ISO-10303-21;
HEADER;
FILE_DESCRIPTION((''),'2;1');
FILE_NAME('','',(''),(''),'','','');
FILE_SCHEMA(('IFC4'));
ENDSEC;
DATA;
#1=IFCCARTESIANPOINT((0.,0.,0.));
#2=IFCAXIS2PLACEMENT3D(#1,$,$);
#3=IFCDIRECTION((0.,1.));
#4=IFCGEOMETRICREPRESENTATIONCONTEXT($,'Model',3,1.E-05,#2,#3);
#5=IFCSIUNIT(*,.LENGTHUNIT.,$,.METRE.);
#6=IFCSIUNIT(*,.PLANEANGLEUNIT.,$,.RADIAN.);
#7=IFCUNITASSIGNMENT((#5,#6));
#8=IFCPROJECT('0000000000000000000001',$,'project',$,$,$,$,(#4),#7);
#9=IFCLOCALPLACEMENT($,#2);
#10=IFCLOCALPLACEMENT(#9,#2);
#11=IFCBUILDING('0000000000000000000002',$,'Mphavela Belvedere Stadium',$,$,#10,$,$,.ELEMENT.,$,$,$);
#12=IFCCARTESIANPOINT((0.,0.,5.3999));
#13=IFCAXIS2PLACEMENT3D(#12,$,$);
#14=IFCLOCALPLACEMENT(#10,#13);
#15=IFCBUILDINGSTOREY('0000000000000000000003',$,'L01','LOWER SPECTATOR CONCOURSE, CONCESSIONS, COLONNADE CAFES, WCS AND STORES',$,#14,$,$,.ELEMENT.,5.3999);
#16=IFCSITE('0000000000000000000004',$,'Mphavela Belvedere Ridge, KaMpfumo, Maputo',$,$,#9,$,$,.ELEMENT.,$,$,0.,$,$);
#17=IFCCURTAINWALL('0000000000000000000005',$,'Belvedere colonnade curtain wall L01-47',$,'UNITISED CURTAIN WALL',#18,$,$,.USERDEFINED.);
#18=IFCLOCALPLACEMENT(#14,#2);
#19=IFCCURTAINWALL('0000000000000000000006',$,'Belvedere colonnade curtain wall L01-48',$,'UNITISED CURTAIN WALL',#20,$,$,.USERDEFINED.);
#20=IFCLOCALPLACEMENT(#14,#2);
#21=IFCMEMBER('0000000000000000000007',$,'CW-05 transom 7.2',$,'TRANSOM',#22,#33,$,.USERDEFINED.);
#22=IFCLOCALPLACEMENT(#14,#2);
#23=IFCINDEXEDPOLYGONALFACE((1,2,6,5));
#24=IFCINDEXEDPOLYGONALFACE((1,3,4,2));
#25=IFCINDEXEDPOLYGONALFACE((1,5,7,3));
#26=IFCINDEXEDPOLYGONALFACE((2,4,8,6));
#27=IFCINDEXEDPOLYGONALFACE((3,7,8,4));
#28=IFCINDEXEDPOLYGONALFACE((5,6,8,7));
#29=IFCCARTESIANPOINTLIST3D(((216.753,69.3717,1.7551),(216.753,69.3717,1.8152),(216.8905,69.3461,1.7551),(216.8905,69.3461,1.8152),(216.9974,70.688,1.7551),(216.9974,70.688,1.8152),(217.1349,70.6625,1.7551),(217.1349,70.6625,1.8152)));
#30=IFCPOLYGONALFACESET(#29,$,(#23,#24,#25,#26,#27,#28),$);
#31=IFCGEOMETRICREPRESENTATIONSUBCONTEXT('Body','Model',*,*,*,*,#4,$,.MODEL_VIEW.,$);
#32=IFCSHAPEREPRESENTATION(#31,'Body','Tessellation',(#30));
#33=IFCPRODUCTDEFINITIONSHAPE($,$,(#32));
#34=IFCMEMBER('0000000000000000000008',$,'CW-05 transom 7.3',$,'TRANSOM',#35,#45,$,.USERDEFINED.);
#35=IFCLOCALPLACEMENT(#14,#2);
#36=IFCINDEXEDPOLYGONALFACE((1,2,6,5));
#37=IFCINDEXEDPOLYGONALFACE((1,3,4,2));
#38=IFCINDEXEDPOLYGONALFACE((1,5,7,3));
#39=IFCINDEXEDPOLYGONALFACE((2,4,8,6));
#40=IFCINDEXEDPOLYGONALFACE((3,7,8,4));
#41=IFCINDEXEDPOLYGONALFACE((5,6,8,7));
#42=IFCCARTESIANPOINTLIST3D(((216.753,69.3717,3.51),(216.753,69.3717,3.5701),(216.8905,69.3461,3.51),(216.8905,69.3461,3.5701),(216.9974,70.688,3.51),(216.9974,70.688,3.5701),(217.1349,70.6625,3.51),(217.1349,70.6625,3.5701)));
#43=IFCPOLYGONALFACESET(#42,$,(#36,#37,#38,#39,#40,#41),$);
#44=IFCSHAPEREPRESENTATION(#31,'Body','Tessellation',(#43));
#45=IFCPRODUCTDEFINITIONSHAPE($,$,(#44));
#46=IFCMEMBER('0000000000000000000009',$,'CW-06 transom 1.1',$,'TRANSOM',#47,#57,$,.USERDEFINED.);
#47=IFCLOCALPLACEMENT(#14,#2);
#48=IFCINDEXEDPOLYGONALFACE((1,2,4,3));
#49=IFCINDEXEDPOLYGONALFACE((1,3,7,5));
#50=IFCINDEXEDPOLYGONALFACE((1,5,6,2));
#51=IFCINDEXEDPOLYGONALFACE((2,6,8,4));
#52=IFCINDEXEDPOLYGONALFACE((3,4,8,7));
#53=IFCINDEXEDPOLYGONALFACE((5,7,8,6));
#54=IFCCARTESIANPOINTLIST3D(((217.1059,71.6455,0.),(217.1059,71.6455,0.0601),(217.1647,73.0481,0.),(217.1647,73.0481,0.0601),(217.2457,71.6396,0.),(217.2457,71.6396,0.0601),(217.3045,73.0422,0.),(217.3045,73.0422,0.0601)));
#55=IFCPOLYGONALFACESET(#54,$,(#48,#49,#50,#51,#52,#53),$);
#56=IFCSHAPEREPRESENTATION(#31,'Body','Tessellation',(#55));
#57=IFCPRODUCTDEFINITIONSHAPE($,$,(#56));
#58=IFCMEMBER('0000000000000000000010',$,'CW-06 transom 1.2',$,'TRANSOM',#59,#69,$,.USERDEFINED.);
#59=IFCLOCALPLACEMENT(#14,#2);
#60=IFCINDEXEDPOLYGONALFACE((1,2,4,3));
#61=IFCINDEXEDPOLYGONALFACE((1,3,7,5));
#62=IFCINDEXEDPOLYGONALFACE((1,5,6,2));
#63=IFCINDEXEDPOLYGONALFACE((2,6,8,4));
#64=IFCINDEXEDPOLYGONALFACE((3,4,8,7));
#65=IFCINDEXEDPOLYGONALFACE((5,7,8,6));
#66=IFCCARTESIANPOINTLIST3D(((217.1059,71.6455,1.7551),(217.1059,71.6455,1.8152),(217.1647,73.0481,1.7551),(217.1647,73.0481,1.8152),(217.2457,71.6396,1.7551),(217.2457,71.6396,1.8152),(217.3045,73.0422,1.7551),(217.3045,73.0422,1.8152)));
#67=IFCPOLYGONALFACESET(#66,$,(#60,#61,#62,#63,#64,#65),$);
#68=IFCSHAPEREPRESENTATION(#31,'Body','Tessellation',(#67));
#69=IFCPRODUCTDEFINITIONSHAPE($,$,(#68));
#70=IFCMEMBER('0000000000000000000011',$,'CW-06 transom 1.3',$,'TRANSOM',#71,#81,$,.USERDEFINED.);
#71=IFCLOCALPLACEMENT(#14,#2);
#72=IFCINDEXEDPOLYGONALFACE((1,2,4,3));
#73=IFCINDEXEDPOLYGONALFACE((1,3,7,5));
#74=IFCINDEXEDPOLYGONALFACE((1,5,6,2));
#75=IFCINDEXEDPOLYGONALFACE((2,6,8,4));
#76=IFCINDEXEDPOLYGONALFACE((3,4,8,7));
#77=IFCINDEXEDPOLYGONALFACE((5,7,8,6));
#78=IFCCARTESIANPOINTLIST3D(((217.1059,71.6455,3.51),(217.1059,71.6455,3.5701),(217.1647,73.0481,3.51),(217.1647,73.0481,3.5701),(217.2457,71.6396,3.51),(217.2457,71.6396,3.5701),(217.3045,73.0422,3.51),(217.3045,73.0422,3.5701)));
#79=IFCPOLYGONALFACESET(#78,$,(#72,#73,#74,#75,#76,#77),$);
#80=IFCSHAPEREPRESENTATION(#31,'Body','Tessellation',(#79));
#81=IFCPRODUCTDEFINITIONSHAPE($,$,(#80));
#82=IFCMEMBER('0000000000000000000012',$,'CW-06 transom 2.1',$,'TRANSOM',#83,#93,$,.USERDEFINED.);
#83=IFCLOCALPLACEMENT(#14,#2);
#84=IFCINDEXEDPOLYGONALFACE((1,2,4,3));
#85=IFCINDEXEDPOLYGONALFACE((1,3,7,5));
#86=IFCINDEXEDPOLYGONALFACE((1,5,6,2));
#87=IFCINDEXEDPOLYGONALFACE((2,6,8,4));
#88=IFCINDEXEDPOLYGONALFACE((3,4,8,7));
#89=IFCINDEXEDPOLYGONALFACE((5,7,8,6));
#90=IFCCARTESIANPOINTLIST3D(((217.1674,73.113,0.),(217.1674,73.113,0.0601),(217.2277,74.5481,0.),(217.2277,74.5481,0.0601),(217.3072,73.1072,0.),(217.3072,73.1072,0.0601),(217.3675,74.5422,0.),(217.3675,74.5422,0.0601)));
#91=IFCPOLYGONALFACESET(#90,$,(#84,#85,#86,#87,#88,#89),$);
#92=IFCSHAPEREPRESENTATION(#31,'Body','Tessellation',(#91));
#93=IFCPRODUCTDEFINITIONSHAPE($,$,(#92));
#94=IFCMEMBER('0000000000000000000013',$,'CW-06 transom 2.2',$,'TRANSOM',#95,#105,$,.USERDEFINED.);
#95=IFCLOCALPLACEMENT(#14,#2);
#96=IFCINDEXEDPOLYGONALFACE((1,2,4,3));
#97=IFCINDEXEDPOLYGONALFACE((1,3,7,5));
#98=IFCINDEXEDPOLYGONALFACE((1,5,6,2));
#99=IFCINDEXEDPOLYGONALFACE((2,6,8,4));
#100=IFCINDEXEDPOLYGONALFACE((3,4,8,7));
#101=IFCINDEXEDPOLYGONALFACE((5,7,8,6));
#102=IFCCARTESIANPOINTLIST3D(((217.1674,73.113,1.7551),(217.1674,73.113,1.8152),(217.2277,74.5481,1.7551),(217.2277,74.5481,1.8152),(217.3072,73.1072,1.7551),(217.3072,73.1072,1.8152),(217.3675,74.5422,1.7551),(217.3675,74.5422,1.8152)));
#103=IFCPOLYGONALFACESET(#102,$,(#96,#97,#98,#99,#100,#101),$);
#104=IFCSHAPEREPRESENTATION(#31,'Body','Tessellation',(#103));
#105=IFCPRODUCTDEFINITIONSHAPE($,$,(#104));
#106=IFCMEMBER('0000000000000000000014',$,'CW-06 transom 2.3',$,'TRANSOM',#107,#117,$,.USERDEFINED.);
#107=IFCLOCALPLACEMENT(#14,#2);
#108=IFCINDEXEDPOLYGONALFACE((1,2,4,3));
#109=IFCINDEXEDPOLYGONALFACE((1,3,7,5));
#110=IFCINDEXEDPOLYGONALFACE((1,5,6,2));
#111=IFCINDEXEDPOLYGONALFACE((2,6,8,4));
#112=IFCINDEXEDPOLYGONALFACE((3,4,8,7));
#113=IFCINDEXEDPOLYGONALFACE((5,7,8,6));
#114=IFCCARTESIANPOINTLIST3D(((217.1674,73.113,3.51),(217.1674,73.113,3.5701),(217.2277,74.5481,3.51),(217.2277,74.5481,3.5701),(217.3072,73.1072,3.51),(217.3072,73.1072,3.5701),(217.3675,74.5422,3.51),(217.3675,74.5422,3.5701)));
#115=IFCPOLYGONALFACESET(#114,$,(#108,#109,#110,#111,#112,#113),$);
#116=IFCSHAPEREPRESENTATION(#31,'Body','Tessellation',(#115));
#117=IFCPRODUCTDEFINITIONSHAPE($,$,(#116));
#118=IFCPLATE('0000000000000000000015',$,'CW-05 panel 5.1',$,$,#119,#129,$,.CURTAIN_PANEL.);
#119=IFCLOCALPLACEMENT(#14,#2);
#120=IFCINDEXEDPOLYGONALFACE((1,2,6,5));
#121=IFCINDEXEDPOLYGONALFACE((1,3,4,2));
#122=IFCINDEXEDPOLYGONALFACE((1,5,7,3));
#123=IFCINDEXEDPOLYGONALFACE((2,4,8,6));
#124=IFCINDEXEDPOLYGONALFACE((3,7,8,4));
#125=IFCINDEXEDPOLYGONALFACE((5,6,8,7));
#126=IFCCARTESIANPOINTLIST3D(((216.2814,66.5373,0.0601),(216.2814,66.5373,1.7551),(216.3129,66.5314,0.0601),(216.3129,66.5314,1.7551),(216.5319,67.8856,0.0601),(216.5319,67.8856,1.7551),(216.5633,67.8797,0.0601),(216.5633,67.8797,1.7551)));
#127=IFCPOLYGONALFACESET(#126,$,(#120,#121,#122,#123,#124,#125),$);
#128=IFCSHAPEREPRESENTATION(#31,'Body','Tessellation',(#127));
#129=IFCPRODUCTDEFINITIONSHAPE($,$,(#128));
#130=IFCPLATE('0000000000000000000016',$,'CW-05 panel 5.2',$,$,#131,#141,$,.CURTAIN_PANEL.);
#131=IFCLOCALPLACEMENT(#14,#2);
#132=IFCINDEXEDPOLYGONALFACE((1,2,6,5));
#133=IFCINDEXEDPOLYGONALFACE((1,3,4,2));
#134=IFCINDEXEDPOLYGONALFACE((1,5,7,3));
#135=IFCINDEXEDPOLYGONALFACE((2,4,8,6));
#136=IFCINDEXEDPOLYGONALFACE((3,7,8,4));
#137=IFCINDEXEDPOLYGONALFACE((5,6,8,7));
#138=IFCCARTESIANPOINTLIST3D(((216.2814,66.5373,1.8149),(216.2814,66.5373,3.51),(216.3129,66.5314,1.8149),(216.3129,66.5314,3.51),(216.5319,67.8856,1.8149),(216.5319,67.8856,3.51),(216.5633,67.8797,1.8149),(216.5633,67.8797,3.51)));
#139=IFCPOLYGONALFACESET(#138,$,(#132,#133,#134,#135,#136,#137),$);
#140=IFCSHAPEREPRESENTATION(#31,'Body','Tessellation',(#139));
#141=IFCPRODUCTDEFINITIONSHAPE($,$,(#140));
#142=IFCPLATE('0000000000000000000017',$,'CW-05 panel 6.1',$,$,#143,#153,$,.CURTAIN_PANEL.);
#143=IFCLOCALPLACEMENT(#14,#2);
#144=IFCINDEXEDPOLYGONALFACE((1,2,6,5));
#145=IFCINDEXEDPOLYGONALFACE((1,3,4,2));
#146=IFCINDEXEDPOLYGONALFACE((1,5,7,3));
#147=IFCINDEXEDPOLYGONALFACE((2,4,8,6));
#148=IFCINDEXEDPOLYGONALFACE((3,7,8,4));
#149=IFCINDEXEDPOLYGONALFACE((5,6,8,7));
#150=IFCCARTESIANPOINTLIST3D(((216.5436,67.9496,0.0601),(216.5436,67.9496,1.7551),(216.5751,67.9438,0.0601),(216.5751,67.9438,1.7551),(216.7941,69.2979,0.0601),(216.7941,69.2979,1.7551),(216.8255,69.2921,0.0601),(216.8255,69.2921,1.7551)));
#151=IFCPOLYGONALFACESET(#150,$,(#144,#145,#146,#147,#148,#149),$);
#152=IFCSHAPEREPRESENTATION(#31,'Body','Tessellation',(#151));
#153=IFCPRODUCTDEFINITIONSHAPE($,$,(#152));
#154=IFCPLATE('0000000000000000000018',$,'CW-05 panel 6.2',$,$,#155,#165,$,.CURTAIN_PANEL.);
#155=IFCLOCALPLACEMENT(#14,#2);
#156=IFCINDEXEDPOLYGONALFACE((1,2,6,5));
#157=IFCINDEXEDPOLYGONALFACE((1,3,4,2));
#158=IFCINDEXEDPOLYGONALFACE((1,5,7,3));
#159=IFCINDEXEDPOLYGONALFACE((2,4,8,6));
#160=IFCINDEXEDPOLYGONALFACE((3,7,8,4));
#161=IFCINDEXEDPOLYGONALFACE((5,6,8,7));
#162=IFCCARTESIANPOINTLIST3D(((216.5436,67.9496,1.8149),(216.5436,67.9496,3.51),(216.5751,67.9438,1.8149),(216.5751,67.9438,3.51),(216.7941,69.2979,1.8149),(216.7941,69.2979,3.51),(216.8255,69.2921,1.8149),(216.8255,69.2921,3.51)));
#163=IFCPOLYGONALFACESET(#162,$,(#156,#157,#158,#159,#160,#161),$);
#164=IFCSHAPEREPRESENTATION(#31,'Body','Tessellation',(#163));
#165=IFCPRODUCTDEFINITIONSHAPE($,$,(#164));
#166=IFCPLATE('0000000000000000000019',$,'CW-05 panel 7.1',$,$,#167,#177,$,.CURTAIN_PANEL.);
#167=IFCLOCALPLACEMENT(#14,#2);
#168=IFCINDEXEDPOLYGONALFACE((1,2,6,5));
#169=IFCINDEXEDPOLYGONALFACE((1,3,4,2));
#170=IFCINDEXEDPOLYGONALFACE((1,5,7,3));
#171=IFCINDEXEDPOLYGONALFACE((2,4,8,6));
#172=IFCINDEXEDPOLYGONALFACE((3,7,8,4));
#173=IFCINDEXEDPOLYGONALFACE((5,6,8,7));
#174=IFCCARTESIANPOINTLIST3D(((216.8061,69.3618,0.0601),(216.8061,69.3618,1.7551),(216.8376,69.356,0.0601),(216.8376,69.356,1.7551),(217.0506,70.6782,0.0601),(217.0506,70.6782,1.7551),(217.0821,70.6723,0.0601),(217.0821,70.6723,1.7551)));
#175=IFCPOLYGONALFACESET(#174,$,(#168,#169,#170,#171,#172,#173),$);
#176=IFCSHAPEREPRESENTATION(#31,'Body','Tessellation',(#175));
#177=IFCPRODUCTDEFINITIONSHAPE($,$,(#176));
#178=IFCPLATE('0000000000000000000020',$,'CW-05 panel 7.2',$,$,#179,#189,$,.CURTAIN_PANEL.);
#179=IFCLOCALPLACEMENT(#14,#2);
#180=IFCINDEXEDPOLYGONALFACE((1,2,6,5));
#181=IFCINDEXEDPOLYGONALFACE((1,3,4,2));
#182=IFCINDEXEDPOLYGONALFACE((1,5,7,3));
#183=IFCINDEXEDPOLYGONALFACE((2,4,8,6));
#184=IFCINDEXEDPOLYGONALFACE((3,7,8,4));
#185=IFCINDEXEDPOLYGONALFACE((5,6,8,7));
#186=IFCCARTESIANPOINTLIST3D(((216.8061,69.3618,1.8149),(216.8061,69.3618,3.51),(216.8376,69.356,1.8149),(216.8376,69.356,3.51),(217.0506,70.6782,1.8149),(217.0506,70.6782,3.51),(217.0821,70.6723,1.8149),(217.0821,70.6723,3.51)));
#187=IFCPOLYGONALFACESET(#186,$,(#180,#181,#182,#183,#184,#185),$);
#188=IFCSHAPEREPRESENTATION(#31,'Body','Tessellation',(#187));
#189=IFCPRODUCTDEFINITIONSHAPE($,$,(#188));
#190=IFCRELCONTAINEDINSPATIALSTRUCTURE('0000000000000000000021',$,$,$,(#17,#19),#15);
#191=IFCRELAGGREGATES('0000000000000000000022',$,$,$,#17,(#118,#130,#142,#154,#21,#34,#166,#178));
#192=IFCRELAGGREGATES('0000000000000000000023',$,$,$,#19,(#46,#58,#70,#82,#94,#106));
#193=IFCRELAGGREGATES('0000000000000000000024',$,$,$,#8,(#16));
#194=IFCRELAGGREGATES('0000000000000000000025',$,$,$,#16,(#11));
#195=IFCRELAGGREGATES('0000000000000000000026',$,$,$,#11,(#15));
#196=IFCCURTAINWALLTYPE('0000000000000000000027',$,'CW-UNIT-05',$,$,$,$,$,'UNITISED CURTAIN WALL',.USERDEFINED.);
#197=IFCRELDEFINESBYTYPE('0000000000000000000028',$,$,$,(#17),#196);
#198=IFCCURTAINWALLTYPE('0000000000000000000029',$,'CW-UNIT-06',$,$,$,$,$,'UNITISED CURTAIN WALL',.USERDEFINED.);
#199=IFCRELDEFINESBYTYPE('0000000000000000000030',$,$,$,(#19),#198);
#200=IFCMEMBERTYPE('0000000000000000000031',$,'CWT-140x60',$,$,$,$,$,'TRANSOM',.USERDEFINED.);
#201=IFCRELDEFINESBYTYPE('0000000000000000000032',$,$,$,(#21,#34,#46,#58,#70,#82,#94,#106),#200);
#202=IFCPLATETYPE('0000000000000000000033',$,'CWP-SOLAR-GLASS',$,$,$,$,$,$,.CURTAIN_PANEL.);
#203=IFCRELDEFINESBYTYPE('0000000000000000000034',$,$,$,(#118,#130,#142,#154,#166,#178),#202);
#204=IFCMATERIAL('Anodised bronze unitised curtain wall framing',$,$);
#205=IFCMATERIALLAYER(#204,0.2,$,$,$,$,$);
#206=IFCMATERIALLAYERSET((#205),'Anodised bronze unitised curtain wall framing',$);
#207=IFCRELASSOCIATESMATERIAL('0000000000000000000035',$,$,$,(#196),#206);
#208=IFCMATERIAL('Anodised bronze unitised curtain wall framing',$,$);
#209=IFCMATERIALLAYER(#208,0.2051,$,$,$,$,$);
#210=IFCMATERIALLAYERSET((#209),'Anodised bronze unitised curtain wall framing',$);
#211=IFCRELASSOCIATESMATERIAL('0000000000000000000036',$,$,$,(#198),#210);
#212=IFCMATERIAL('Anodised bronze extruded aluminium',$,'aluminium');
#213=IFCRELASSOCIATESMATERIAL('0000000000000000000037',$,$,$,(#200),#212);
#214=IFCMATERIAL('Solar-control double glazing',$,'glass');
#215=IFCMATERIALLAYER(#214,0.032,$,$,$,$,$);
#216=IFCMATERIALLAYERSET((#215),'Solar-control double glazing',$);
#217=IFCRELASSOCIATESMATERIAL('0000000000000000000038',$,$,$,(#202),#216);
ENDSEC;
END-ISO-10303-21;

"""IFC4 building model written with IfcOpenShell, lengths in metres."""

from ifc_helpers import new_model, si_unit, direction, frame, origin, origin_2d, place, context, subcontext, project, spatial, rectangle, extrude, material, layer, layer_set, material_profile, profile_set, type_object, element, aggregate, save


model = new_model("IFC4")

# Units and contexts
model_context = context("Model", 3, precision=1e-05, world=origin(), true_north=direction((0.0, 1.0)))
body_context = subcontext(model_context, "Body", "Model", "MODEL_VIEW")
ifc_project = project(units=[si_unit("LENGTHUNIT", "METRE"), si_unit("PLANEANGLEUNIT", "RADIAN")], contexts=[model_context])

# Site, building, storey
site_placement = place(None, origin())
site = spatial("IfcSite", under=ifc_project, at=site_placement, Name="Mphavela Belvedere Ridge, KaMpfumo, Maputo", CompositionType="ELEMENT", RefElevation=0.0)
building_placement = place(site_placement, origin())
building = spatial("IfcBuilding", under=site, at=building_placement, Name="Mphavela Belvedere Stadium", CompositionType="ELEMENT")
storey_placement = place(building_placement, frame((0.0, 0.0, 5.3999)))
storey = spatial("IfcBuildingStorey", under=building, at=storey_placement, Name="L01", Description="LOWER SPECTATOR CONCOURSE, CONCESSIONS, COLONNADE CAFES, WCS AND STORES", CompositionType="ELEMENT", Elevation=5.3999)

# Curtain walls
ifc_material_1 = material(Name="Anodised bronze unitised curtain wall framing")
ifc_layer_1 = layer(ifc_material_1, 0.2)
ifc_layer_set_1 = layer_set([ifc_layer_1], Name="Anodised bronze unitised curtain wall framing")
curtain_wall_type_1 = type_object("IfcCurtainWallType", Name="CW-UNIT-05", ElementType="UNITISED CURTAIN WALL", PredefinedType="USERDEFINED", material=ifc_layer_set_1)
curtain_wall_1_placement = place(storey_placement, origin())
curtain_wall_1 = element("IfcCurtainWall", 1, at=curtain_wall_1_placement, inside=storey, type_object=curtain_wall_type_1, Name="Belvedere colonnade curtain wall L01-47", ObjectType="UNITISED CURTAIN WALL", PredefinedType="USERDEFINED")
ifc_material_2 = material(Name="Anodised bronze unitised curtain wall framing")
ifc_layer_2 = layer(ifc_material_2, 0.2051)
ifc_layer_set_2 = layer_set([ifc_layer_2], Name="Anodised bronze unitised curtain wall framing")
curtain_wall_type_2 = type_object("IfcCurtainWallType", Name="CW-UNIT-06", ElementType="UNITISED CURTAIN WALL", PredefinedType="USERDEFINED", material=ifc_layer_set_2)
curtain_wall_2_placement = place(storey_placement, origin())
curtain_wall_2 = element("IfcCurtainWall", 2, at=curtain_wall_2_placement, inside=storey, type_object=curtain_wall_type_2, Name="Belvedere colonnade curtain wall L01-48", ObjectType="UNITISED CURTAIN WALL", PredefinedType="USERDEFINED")

# Members
ifc_material_3 = material(Name="Anodised bronze extruded aluminium", Category="aluminium")
ifc_material_profile_1 = material_profile(ifc_material_3, rectangle(XDim=0.1399, YDim=0.0601, at=origin_2d()), Name="CW-TRN 140x60")
ifc_profile_set_1 = profile_set([ifc_material_profile_1], Name="Anodised bronze extruded aluminium")
member_type_1 = type_object("IfcMemberType", Name="CWT-140x60", ElementType="TRANSOM", PredefinedType="USERDEFINED", material=ifc_profile_set_1)
member_1_placement = place(storey_placement, frame((216.8218, 69.3589, 1.7852), z_axis=(0.182527, 0.983201, 0.0), x_axis=(-0.983201, 0.182527, 0.0)))
member_1 = element("IfcMember", 3, at=member_1_placement, type_object=member_type_1, Name="CW-05 transom 7.2", ObjectType="TRANSOM", PredefinedType="USERDEFINED", context=body_context, shape_type="SweptSolid", body=[
    extrude(rectangle(XDim=0.1399, YDim=0.0601, at=origin_2d()), origin(), (0.0, 0.0, 1.0), 1.3389),
])
member_2_placement = place(storey_placement, frame((216.8218, 69.3589, 3.54), z_axis=(0.182527, 0.983201, 0.0), x_axis=(-0.983201, 0.182527, 0.0)))
member_2 = element("IfcMember", 4, at=member_2_placement, type_object=member_type_1, Name="CW-05 transom 7.3", ObjectType="TRANSOM", PredefinedType="USERDEFINED", context=body_context, shape_type="SweptSolid", body=[
    extrude(rectangle(XDim=0.1399, YDim=0.0601, at=origin_2d()), origin(), (0.0, 0.0, 1.0), 1.3389),
])
member_3_placement = place(storey_placement, frame((217.1758, 71.6426, 0.03), z_axis=(0.041913, 0.999121, 0.0), x_axis=(-0.999121, 0.041913, 0.0)))
member_3 = element("IfcMember", 5, at=member_3_placement, type_object=member_type_1, Name="CW-06 transom 1.1", ObjectType="TRANSOM", PredefinedType="USERDEFINED", context=body_context, shape_type="SweptSolid", body=[
    extrude(rectangle(XDim=0.1399, YDim=0.0601, at=origin_2d()), origin(), (0.0, 0.0, 1.0), 1.4038),
])
member_4_placement = place(storey_placement, frame((217.1758, 71.6426, 1.7852), z_axis=(0.041913, 0.999121, 0.0), x_axis=(-0.999121, 0.041913, 0.0)))
member_4 = element("IfcMember", 6, at=member_4_placement, type_object=member_type_1, Name="CW-06 transom 1.2", ObjectType="TRANSOM", PredefinedType="USERDEFINED", context=body_context, shape_type="SweptSolid", body=[
    extrude(rectangle(XDim=0.1399, YDim=0.0601, at=origin_2d()), origin(), (0.0, 0.0, 1.0), 1.4038),
])
member_5_placement = place(storey_placement, frame((217.1758, 71.6426, 3.54), z_axis=(0.041913, 0.999121, 0.0), x_axis=(-0.999121, 0.041913, 0.0)))
member_5 = element("IfcMember", 7, at=member_5_placement, type_object=member_type_1, Name="CW-06 transom 1.3", ObjectType="TRANSOM", PredefinedType="USERDEFINED", context=body_context, shape_type="SweptSolid", body=[
    extrude(rectangle(XDim=0.1399, YDim=0.0601, at=origin_2d()), origin(), (0.0, 0.0, 1.0), 1.4038),
])
member_6_placement = place(storey_placement, frame((217.2373, 73.1101, 0.03), z_axis=(0.041984, 0.999118, 0.0), x_axis=(-0.999118, 0.041984, 0.0)))
member_6 = element("IfcMember", 8, at=member_6_placement, type_object=member_type_1, Name="CW-06 transom 2.1", ObjectType="TRANSOM", PredefinedType="USERDEFINED", context=body_context, shape_type="SweptSolid", body=[
    extrude(rectangle(XDim=0.1399, YDim=0.0601, at=origin_2d()), origin(), (0.0, 0.0, 1.0), 1.4363),
])
member_7_placement = place(storey_placement, frame((217.2373, 73.1101, 1.7852), z_axis=(0.041984, 0.999118, 0.0), x_axis=(-0.999118, 0.041984, 0.0)))
member_7 = element("IfcMember", 9, at=member_7_placement, type_object=member_type_1, Name="CW-06 transom 2.2", ObjectType="TRANSOM", PredefinedType="USERDEFINED", context=body_context, shape_type="SweptSolid", body=[
    extrude(rectangle(XDim=0.1399, YDim=0.0601, at=origin_2d()), origin(), (0.0, 0.0, 1.0), 1.4363),
])
member_8_placement = place(storey_placement, frame((217.2373, 73.1101, 3.54), z_axis=(0.041984, 0.999118, 0.0), x_axis=(-0.999118, 0.041984, 0.0)))
member_8 = element("IfcMember", 10, at=member_8_placement, type_object=member_type_1, Name="CW-06 transom 2.3", ObjectType="TRANSOM", PredefinedType="USERDEFINED", context=body_context, shape_type="SweptSolid", body=[
    extrude(rectangle(XDim=0.1399, YDim=0.0601, at=origin_2d()), origin(), (0.0, 0.0, 1.0), 1.4363),
])

# Plates
ifc_material_4 = material(Name="Solar-control double glazing", Category="glass")
ifc_layer_3 = layer(ifc_material_4, 0.032)
ifc_layer_set_3 = layer_set([ifc_layer_3], Name="Solar-control double glazing")
plate_type = type_object("IfcPlateType", Name="CWP-SOLAR-GLASS", PredefinedType="CURTAIN_PANEL", material=ifc_layer_set_3)
plate_1_placement = place(storey_placement, frame((216.4224, 67.2085, 0.0601), z_axis=(0.0, 0.0, 1.0), x_axis=(0.18262, 0.983184, 0.0)))
plate_1 = element("IfcPlate", 11, at=plate_1_placement, type_object=plate_type, Name="CW-05 panel 5.1", PredefinedType="CURTAIN_PANEL", context=body_context, shape_type="SweptSolid", body=[
    extrude(rectangle(XDim=1.3713, YDim=0.032, at=origin_2d()), origin(), (0.0, 0.0, 1.0), 1.6951),
])
plate_2_placement = place(storey_placement, frame((216.4224, 67.2085, 1.8149), z_axis=(0.0, 0.0, 1.0), x_axis=(0.18262, 0.983184, 0.0)))
plate_2 = element("IfcPlate", 12, at=plate_2_placement, type_object=plate_type, Name="CW-05 panel 5.2", PredefinedType="CURTAIN_PANEL", context=body_context, shape_type="SweptSolid", body=[
    extrude(rectangle(XDim=1.3713, YDim=0.032, at=origin_2d()), origin(), (0.0, 0.0, 1.0), 1.6951),
])
plate_3_placement = place(storey_placement, frame((216.6846, 68.6208, 0.0601), z_axis=(0.0, 0.0, 1.0), x_axis=(0.18262, 0.983184, 0.0)))
plate_3 = element("IfcPlate", 13, at=plate_3_placement, type_object=plate_type, Name="CW-05 panel 6.1", PredefinedType="CURTAIN_PANEL", context=body_context, shape_type="SweptSolid", body=[
    extrude(rectangle(XDim=1.3713, YDim=0.032, at=origin_2d()), origin(), (0.0, 0.0, 1.0), 1.6951),
])
plate_4_placement = place(storey_placement, frame((216.6846, 68.6208, 1.8149), z_axis=(0.0, 0.0, 1.0), x_axis=(0.18262, 0.983184, 0.0)))
plate_4 = element("IfcPlate", 14, at=plate_4_placement, type_object=plate_type, Name="CW-05 panel 6.2", PredefinedType="CURTAIN_PANEL", context=body_context, shape_type="SweptSolid", body=[
    extrude(rectangle(XDim=1.3713, YDim=0.032, at=origin_2d()), origin(), (0.0, 0.0, 1.0), 1.6951),
])
plate_5_placement = place(storey_placement, frame((216.9441, 70.0171, 0.0601), z_axis=(0.0, 0.0, 1.0), x_axis=(0.18262, 0.983184, 0.0)))
plate_5 = element("IfcPlate", 15, at=plate_5_placement, type_object=plate_type, Name="CW-05 panel 7.1", PredefinedType="CURTAIN_PANEL", context=body_context, shape_type="SweptSolid", body=[
    extrude(rectangle(XDim=1.3389, YDim=0.032, at=origin_2d()), origin(), (0.0, 0.0, 1.0), 1.6951),
])
plate_6_placement = place(storey_placement, frame((216.9441, 70.0171, 1.8149), z_axis=(0.0, 0.0, 1.0), x_axis=(0.18262, 0.983184, 0.0)))
plate_6 = element("IfcPlate", 16, at=plate_6_placement, type_object=plate_type, Name="CW-05 panel 7.2", PredefinedType="CURTAIN_PANEL", context=body_context, shape_type="SweptSolid", body=[
    extrude(rectangle(XDim=1.3389, YDim=0.032, at=origin_2d()), origin(), (0.0, 0.0, 1.0), 1.6951),
])
aggregate(curtain_wall_1, [plate_1, plate_2, plate_3, plate_4, member_1, member_2, plate_5, plate_6])
aggregate(curtain_wall_2, [member_3, member_4, member_5, member_6, member_7, member_8])

save(model, "model.ifc")
